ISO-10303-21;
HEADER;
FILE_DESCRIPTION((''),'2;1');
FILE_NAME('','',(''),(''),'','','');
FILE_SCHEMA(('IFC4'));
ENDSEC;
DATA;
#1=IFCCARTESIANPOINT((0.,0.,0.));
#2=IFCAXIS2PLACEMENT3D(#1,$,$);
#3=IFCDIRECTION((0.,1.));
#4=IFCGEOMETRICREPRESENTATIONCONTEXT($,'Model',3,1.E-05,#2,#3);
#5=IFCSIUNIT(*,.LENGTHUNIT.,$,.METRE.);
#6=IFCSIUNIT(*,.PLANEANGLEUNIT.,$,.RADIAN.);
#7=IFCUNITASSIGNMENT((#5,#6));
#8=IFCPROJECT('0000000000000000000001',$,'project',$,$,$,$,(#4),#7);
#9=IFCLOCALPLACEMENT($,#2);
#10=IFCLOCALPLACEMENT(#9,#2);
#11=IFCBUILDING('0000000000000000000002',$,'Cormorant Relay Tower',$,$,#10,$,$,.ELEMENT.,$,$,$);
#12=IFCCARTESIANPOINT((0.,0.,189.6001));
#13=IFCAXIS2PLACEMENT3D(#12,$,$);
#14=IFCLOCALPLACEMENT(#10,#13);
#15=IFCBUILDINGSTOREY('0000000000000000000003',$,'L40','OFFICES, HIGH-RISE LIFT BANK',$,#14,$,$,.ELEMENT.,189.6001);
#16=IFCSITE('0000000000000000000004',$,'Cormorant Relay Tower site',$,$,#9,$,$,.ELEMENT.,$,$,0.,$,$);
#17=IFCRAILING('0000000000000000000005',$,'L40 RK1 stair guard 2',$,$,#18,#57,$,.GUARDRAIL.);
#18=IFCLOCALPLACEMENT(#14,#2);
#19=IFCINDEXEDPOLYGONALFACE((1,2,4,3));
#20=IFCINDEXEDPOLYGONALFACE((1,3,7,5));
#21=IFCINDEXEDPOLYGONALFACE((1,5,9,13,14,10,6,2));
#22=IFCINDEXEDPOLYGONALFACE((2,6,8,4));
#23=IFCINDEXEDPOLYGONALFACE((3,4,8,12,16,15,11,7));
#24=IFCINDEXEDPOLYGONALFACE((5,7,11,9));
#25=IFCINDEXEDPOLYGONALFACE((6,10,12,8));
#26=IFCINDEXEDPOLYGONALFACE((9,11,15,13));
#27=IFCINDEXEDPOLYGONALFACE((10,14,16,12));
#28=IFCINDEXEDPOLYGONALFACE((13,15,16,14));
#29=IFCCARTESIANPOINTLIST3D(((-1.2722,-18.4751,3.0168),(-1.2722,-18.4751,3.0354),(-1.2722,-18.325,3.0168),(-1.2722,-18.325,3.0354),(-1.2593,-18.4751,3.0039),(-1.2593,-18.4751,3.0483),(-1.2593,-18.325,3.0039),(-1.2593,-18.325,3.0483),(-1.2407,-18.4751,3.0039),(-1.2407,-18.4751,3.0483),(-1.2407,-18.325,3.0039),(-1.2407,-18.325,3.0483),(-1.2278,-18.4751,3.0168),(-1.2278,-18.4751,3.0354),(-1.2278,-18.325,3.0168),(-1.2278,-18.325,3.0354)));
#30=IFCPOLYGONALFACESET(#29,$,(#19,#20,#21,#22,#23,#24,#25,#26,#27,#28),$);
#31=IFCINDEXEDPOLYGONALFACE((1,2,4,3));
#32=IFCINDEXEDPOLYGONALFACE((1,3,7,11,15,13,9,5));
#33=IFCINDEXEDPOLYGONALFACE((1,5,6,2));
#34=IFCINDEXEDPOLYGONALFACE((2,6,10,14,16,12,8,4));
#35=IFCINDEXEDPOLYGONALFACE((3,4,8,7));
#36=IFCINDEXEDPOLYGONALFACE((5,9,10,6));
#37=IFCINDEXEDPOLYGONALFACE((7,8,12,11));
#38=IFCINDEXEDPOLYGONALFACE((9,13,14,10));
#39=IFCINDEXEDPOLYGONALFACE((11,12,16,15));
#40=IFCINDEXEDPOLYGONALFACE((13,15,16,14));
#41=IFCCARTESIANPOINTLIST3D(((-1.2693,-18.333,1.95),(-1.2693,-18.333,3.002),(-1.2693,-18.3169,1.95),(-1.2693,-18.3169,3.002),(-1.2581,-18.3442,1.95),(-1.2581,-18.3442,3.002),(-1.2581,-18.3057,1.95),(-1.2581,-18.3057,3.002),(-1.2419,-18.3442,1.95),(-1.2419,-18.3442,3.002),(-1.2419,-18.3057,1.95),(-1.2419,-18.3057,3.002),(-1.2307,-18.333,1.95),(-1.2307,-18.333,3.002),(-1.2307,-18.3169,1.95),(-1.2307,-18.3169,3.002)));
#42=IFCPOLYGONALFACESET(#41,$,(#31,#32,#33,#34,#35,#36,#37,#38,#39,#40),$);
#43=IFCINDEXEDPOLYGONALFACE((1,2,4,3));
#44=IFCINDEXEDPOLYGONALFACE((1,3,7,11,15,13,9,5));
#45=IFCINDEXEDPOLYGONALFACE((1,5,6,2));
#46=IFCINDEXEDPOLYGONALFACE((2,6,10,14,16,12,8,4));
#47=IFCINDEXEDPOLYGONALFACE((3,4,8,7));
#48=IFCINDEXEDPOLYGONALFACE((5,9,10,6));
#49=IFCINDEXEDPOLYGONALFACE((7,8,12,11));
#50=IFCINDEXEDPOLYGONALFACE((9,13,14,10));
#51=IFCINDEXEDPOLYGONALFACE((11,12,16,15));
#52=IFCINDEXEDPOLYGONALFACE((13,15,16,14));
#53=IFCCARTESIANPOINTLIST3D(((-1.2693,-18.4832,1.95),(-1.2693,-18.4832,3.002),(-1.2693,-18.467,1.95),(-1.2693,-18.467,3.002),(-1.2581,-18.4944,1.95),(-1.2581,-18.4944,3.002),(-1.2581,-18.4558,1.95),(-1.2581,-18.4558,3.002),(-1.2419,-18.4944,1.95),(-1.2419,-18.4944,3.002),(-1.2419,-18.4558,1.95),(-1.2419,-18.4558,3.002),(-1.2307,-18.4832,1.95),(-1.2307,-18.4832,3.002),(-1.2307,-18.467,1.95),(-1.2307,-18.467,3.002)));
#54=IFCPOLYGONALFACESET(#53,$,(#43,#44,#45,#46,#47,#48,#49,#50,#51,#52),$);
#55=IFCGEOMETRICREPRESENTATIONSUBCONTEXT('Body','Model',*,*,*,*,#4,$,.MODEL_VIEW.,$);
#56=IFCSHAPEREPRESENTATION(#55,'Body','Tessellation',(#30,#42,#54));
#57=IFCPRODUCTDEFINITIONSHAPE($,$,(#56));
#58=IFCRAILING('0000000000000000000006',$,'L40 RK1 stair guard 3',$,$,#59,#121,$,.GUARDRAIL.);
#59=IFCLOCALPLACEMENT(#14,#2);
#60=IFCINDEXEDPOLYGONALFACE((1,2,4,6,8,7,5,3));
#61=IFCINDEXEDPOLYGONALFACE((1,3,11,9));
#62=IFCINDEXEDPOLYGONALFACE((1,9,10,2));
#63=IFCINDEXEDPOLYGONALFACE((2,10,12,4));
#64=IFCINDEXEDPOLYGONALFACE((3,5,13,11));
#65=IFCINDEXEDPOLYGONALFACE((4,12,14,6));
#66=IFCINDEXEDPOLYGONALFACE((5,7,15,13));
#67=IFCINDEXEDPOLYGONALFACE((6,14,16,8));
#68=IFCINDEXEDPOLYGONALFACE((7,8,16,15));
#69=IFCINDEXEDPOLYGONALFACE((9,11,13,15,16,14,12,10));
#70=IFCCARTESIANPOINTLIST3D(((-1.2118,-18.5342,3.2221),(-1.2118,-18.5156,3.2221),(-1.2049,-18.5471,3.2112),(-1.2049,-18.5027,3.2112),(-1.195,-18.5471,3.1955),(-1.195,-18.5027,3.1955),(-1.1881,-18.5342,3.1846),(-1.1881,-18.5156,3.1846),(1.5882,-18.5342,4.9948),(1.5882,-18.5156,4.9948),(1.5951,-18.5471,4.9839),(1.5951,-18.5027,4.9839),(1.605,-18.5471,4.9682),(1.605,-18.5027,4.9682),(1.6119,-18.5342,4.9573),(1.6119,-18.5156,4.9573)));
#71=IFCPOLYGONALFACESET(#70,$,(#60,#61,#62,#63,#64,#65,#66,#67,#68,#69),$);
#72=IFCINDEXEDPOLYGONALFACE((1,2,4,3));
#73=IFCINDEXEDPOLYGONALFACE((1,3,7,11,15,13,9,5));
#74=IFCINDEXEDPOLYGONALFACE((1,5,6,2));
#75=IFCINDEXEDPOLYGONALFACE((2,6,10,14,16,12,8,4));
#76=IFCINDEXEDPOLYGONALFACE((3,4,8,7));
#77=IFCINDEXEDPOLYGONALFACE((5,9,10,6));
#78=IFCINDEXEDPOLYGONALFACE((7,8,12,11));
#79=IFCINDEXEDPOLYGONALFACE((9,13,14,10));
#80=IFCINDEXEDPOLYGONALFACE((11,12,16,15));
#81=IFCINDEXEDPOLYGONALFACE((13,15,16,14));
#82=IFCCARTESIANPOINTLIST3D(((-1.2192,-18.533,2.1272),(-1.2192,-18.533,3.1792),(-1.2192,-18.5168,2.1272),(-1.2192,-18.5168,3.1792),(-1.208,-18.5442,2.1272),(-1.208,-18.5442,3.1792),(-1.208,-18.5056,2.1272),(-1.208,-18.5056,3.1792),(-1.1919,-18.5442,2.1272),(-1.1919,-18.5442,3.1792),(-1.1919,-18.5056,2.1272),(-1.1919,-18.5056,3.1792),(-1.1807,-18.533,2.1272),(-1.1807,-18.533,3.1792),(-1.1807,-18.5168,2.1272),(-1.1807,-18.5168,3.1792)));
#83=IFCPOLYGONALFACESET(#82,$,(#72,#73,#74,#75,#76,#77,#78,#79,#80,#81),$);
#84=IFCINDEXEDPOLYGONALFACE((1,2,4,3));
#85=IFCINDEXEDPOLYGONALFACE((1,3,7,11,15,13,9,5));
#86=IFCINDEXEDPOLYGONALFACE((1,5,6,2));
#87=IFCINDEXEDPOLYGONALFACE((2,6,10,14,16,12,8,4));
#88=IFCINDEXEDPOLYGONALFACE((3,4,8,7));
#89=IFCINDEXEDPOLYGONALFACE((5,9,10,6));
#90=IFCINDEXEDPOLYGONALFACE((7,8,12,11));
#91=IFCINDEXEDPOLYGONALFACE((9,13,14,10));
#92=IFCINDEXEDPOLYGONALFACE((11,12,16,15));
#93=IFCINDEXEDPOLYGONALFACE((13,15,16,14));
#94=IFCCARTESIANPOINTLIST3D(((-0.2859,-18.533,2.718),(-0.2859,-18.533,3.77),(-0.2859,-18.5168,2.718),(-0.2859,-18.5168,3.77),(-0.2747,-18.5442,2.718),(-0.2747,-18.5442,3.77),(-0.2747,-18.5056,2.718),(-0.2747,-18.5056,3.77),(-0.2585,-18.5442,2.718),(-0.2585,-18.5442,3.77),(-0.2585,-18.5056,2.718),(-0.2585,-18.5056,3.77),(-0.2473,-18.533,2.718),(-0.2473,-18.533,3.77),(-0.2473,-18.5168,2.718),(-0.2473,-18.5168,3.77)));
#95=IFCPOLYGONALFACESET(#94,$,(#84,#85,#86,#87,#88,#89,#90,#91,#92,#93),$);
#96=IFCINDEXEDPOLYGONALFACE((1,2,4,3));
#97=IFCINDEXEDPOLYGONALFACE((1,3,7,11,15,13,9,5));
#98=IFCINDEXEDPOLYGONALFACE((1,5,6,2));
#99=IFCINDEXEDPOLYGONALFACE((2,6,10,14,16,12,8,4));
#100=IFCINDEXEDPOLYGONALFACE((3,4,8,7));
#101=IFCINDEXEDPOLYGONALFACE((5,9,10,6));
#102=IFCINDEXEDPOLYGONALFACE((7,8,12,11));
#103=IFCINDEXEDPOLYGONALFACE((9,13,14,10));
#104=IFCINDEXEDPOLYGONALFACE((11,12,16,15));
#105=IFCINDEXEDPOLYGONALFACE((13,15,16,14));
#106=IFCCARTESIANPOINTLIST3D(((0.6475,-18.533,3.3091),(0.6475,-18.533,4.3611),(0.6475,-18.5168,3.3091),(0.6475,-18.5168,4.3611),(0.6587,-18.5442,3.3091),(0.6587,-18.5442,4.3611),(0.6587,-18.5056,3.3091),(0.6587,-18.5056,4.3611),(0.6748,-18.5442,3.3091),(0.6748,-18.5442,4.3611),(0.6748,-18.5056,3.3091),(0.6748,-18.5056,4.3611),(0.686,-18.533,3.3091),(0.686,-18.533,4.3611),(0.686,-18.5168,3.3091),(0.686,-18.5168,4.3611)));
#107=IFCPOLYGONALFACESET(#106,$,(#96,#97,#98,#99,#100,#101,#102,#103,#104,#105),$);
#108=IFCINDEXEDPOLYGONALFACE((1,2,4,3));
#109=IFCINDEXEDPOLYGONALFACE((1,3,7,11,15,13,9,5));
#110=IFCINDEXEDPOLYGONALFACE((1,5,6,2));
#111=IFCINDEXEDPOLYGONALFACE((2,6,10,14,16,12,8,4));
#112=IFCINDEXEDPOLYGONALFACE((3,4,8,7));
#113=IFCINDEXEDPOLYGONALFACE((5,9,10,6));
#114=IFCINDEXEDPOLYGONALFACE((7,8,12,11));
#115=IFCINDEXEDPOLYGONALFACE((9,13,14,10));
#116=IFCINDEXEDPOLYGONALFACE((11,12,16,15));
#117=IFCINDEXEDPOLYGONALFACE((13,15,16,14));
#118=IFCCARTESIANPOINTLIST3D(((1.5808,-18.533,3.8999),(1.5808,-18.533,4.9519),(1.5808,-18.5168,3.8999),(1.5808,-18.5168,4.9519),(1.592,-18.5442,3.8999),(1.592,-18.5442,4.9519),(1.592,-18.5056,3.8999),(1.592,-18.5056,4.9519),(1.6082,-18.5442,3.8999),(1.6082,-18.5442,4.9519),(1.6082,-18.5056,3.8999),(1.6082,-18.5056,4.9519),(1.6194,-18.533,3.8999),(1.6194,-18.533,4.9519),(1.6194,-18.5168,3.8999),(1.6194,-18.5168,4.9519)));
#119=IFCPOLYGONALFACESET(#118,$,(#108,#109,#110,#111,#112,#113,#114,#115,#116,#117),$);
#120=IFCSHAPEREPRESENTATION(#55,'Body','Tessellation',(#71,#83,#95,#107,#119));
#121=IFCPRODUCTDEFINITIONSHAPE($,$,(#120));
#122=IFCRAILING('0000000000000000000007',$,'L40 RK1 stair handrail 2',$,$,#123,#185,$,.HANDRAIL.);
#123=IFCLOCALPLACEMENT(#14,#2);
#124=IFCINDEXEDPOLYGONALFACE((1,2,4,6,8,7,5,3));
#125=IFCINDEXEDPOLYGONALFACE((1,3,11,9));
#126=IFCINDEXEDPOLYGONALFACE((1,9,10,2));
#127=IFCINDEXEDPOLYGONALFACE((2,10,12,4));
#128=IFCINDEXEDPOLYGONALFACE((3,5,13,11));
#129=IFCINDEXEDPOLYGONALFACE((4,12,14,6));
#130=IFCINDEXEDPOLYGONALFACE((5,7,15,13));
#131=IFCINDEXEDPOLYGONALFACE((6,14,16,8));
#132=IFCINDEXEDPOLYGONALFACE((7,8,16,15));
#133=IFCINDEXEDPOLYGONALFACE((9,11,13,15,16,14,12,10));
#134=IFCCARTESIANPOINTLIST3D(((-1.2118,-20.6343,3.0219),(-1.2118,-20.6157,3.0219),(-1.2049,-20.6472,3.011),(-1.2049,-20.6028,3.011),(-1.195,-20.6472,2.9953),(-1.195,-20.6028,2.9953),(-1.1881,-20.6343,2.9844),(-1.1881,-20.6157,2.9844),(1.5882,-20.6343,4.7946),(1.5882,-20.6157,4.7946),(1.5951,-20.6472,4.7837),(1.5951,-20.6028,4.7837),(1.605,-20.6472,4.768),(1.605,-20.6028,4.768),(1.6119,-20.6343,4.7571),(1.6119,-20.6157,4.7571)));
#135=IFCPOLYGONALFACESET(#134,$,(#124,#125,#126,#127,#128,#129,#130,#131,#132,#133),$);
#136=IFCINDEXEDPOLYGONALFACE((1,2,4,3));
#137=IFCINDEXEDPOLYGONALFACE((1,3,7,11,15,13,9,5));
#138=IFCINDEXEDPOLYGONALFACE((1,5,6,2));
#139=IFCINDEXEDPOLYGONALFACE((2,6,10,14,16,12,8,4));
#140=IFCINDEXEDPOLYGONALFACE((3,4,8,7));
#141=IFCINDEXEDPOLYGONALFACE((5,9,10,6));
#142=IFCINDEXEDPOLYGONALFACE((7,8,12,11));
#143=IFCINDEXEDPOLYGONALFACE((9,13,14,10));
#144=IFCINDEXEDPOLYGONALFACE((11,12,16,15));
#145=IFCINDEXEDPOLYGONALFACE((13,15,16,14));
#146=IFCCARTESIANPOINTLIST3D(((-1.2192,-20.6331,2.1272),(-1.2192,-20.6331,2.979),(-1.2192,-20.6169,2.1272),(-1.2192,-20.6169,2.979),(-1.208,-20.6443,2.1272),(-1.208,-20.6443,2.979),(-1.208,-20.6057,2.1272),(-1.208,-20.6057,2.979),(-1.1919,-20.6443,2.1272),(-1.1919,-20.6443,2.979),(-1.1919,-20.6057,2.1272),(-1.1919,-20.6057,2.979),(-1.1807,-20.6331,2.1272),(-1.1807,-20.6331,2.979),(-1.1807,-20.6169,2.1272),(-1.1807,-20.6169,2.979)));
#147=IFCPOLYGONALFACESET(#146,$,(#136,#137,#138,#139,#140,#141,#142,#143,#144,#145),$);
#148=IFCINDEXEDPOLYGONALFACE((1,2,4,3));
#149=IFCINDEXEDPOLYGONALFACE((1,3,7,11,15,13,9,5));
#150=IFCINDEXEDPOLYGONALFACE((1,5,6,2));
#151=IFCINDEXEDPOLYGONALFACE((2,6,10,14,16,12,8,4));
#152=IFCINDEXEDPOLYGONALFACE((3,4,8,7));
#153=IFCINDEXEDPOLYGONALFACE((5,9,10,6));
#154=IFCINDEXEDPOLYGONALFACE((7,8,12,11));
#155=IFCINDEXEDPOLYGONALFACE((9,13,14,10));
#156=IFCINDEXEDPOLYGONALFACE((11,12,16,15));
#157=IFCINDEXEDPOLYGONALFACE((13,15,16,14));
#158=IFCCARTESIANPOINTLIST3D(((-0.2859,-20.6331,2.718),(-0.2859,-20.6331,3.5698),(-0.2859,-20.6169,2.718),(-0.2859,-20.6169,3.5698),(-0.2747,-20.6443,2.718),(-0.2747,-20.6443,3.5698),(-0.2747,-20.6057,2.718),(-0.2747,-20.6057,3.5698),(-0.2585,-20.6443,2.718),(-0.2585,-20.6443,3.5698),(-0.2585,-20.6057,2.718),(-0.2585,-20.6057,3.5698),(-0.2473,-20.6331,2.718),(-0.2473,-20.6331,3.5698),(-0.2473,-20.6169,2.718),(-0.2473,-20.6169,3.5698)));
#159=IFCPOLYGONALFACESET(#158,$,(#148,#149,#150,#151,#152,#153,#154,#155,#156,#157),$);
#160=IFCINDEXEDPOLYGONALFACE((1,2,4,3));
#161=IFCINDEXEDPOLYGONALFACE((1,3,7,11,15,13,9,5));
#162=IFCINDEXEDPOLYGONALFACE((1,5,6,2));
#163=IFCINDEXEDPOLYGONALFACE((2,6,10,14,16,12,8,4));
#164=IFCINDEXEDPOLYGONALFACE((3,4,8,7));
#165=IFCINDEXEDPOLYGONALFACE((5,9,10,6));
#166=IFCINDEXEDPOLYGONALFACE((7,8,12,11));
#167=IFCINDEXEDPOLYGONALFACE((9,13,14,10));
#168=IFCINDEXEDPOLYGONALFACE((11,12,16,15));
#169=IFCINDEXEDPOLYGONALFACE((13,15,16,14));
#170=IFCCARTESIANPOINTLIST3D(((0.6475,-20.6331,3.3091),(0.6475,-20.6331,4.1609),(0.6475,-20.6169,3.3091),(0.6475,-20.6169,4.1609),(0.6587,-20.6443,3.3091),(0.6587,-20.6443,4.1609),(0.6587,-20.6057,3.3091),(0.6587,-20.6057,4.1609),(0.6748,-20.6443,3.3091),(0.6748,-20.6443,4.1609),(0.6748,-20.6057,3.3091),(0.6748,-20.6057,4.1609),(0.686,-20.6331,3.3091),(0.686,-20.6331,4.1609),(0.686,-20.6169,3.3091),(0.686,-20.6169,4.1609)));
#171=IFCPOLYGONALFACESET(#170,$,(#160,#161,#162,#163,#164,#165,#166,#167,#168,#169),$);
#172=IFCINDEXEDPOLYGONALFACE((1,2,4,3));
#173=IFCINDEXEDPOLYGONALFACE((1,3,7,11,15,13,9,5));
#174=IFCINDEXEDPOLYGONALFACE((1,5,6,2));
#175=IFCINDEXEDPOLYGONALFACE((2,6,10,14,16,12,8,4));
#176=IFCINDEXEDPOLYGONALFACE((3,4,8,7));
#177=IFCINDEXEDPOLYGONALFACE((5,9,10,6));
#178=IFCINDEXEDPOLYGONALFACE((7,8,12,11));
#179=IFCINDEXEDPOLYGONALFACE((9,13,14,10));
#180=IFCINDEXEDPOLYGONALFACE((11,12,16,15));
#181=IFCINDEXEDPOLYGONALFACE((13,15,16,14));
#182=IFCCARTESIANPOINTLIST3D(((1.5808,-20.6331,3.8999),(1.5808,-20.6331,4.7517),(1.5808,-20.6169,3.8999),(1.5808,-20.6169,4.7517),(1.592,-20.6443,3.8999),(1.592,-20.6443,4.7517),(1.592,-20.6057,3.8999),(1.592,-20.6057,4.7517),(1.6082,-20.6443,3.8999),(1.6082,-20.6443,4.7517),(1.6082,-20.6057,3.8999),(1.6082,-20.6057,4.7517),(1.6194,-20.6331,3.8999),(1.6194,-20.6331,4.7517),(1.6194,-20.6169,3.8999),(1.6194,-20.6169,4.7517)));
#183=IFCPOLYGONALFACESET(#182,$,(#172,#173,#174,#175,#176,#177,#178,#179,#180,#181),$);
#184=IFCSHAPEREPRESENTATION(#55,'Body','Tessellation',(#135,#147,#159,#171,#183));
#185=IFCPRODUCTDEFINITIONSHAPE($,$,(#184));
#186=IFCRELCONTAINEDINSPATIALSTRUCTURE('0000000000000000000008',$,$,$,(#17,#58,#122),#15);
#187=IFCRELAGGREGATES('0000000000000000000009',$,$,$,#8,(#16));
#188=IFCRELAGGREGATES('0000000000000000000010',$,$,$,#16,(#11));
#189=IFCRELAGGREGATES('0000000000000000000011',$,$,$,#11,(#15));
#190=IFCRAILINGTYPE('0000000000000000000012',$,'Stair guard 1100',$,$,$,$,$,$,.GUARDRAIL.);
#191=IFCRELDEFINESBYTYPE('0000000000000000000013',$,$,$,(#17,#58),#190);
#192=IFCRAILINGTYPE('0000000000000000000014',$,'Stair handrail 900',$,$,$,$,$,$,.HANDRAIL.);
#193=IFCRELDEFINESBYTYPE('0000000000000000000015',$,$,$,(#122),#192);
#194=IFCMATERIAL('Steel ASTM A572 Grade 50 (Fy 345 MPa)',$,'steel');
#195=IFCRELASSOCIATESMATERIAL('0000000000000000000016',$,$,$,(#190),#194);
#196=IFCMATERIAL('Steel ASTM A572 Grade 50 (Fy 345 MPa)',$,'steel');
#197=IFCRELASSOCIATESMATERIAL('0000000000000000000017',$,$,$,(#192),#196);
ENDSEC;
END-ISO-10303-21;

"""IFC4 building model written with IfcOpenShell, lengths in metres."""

from ifc_helpers import new_model, si_unit, direction, frame, origin, place, context, subcontext, project, spatial, polyline, outline, extrude, material, type_object, element, save


model = new_model("IFC4")

# Units and contexts
model_context = context("Model", 3, precision=1e-05, world=origin(), true_north=direction((0.0, 1.0)))
body_context = subcontext(model_context, "Body", "Model", "MODEL_VIEW")
ifc_project = project(units=[si_unit("LENGTHUNIT", "METRE"), si_unit("PLANEANGLEUNIT", "RADIAN")], contexts=[model_context])

# Site, building, storey
site_placement = place(None, origin())
site = spatial("IfcSite", under=ifc_project, at=site_placement, Name="Cormorant Relay Tower site", CompositionType="ELEMENT", RefElevation=0.0)
building_placement = place(site_placement, origin())
building = spatial("IfcBuilding", under=site, at=building_placement, Name="Cormorant Relay Tower", CompositionType="ELEMENT")
storey_placement = place(building_placement, frame((0.0, 0.0, 189.6001)))
storey = spatial("IfcBuildingStorey", under=building, at=storey_placement, Name="L40", Description="OFFICES, HIGH-RISE LIFT BANK", CompositionType="ELEMENT", Elevation=189.6001)

# Railings
ifc_material_1 = material(Name="Steel ASTM A572 Grade 50 (Fy 345 MPa)", Category="steel")
railing_type_1 = type_object("IfcRailingType", Name="Stair guard 1100", PredefinedType="GUARDRAIL", material=ifc_material_1)
railing_1_placement = place(storey_placement, frame((-1.25, -18.325, 1.95)))
element("IfcRailing", 1, at=railing_1_placement, inside=storey, type_object=railing_type_1, Name="L40 RK1 stair guard 2", PredefinedType="GUARDRAIL", context=body_context, shape_type="SweptSolid", body=[
    extrude(outline(polyline([(0.0222, 0.0093), (0.0093, 0.0222), (-0.0093, 0.0222), (-0.0222, 0.0093), (-0.0222, -0.0093), (-0.0093, -0.0222), (0.0093, -0.0222), (0.0222, -0.0093), (0.0222, 0.0093)])), frame((0.0, 0.0, 1.0762), z_axis=(0.0, -1.0, 0.0), x_axis=(1.0, 0.0, 0.0)), (0.0, 0.0, 1.0), 0.1501),
    extrude(outline(polyline([(0.0193, 0.0081), (0.0081, 0.0193), (-0.0081, 0.0193), (-0.0193, 0.0081), (-0.0193, -0.0081), (-0.0081, -0.0193), (0.0081, -0.0193), (0.0193, -0.0081), (0.0193, 0.0081)])), origin(), (0.0, 0.0, 1.0), 1.052),
    extrude(outline(polyline([(0.0193, 0.0081), (0.0081, 0.0193), (-0.0081, 0.0193), (-0.0193, 0.0081), (-0.0193, -0.0081), (-0.0081, -0.0193), (0.0081, -0.0193), (0.0193, -0.0081), (0.0193, 0.0081)])), frame((0.0, -0.1501, 0.0)), (0.0, 0.0, 1.0), 1.052),
])
railing_2_placement = place(storey_placement, frame((-1.2, -18.5249, 2.1272)))
element("IfcRailing", 2, at=railing_2_placement, inside=storey, type_object=railing_type_1, Name="L40 RK1 stair guard 3", PredefinedType="GUARDRAIL", context=body_context, shape_type="SweptSolid", body=[
    extrude(outline(polyline([(0.0222, 0.0093), (0.0093, 0.0222), (-0.0093, 0.0222), (-0.0222, 0.0093), (-0.0222, -0.0093), (-0.0093, -0.0222), (0.0093, -0.0222), (0.0222, -0.0093), (0.0222, 0.0093)])), frame((0.0, 0.0, 1.0762), z_axis=(0.844909, 0.0, 0.53491), x_axis=(0.0, 1.0, 0.0)), (0.0, 0.0, 1.0), 3.314),
    extrude(outline(polyline([(0.0193, 0.0081), (0.0081, 0.0193), (-0.0081, 0.0193), (-0.0193, 0.0081), (-0.0193, -0.0081), (-0.0081, -0.0193), (0.0081, -0.0193), (0.0193, -0.0081), (0.0193, 0.0081)])), origin(), (0.0, 0.0, 1.0), 1.052),
    extrude(outline(polyline([(0.0193, 0.0081), (0.0081, 0.0193), (-0.0081, 0.0193), (-0.0193, 0.0081), (-0.0193, -0.0081), (-0.0081, -0.0193), (0.0081, -0.0193), (0.0193, -0.0081), (0.0193, 0.0081)])), frame((0.9333, 0.0, 0.5908)), (0.0, 0.0, 1.0), 1.052),
    extrude(outline(polyline([(0.0193, 0.0081), (0.0081, 0.0193), (-0.0081, 0.0193), (-0.0193, 0.0081), (-0.0193, -0.0081), (-0.0081, -0.0193), (0.0081, -0.0193), (0.0193, -0.0081), (0.0193, 0.0081)])), frame((1.8667, 0.0, 1.1819)), (0.0, 0.0, 1.0), 1.052),
    extrude(outline(polyline([(0.0193, 0.0081), (0.0081, 0.0193), (-0.0081, 0.0193), (-0.0193, 0.0081), (-0.0193, -0.0081), (-0.0081, -0.0193), (0.0081, -0.0193), (0.0193, -0.0081), (0.0193, 0.0081)])), frame((2.8, 0.0, 1.7727)), (0.0, 0.0, 1.0), 1.052),
])
ifc_material_2 = material(Name="Steel ASTM A572 Grade 50 (Fy 345 MPa)", Category="steel")
railing_type_2 = type_object("IfcRailingType", Name="Stair handrail 900", PredefinedType="HANDRAIL", material=ifc_material_2)
railing_3_placement = place(storey_placement, frame((-1.2, -20.625, 2.1272)))
element("IfcRailing", 3, at=railing_3_placement, inside=storey, type_object=railing_type_2, Name="L40 RK1 stair handrail 2", PredefinedType="HANDRAIL", context=body_context, shape_type="SweptSolid", body=[
    extrude(outline(polyline([(0.0222, 0.0093), (0.0093, 0.0222), (-0.0093, 0.0222), (-0.0222, 0.0093), (-0.0222, -0.0093), (-0.0093, -0.0222), (0.0093, -0.0222), (0.0222, -0.0093), (0.0222, 0.0093)])), frame((0.0, 0.0, 0.876), z_axis=(0.844909, 0.0, 0.53491), x_axis=(0.0, 1.0, 0.0)), (0.0, 0.0, 1.0), 3.314),
    extrude(outline(polyline([(0.0193, 0.0081), (0.0081, 0.0193), (-0.0081, 0.0193), (-0.0193, 0.0081), (-0.0193, -0.0081), (-0.0081, -0.0193), (0.0081, -0.0193), (0.0193, -0.0081), (0.0193, 0.0081)])), origin(), (0.0, 0.0, 1.0), 0.8518),
    extrude(outline(polyline([(0.0193, 0.0081), (0.0081, 0.0193), (-0.0081, 0.0193), (-0.0193, 0.0081), (-0.0193, -0.0081), (-0.0081, -0.0193), (0.0081, -0.0193), (0.0193, -0.0081), (0.0193, 0.0081)])), frame((0.9333, 0.0, 0.5908)), (0.0, 0.0, 1.0), 0.8518),
    extrude(outline(polyline([(0.0193, 0.0081), (0.0081, 0.0193), (-0.0081, 0.0193), (-0.0193, 0.0081), (-0.0193, -0.0081), (-0.0081, -0.0193), (0.0081, -0.0193), (0.0193, -0.0081), (0.0193, 0.0081)])), frame((1.8667, 0.0, 1.1819)), (0.0, 0.0, 1.0), 0.8518),
    extrude(outline(polyline([(0.0193, 0.0081), (0.0081, 0.0193), (-0.0081, 0.0193), (-0.0193, 0.0081), (-0.0193, -0.0081), (-0.0081, -0.0193), (0.0081, -0.0193), (0.0193, -0.0081), (0.0193, 0.0081)])), frame((2.8, 0.0, 1.7727)), (0.0, 0.0, 1.0), 0.8518),
])

save(model, "model.ifc")
